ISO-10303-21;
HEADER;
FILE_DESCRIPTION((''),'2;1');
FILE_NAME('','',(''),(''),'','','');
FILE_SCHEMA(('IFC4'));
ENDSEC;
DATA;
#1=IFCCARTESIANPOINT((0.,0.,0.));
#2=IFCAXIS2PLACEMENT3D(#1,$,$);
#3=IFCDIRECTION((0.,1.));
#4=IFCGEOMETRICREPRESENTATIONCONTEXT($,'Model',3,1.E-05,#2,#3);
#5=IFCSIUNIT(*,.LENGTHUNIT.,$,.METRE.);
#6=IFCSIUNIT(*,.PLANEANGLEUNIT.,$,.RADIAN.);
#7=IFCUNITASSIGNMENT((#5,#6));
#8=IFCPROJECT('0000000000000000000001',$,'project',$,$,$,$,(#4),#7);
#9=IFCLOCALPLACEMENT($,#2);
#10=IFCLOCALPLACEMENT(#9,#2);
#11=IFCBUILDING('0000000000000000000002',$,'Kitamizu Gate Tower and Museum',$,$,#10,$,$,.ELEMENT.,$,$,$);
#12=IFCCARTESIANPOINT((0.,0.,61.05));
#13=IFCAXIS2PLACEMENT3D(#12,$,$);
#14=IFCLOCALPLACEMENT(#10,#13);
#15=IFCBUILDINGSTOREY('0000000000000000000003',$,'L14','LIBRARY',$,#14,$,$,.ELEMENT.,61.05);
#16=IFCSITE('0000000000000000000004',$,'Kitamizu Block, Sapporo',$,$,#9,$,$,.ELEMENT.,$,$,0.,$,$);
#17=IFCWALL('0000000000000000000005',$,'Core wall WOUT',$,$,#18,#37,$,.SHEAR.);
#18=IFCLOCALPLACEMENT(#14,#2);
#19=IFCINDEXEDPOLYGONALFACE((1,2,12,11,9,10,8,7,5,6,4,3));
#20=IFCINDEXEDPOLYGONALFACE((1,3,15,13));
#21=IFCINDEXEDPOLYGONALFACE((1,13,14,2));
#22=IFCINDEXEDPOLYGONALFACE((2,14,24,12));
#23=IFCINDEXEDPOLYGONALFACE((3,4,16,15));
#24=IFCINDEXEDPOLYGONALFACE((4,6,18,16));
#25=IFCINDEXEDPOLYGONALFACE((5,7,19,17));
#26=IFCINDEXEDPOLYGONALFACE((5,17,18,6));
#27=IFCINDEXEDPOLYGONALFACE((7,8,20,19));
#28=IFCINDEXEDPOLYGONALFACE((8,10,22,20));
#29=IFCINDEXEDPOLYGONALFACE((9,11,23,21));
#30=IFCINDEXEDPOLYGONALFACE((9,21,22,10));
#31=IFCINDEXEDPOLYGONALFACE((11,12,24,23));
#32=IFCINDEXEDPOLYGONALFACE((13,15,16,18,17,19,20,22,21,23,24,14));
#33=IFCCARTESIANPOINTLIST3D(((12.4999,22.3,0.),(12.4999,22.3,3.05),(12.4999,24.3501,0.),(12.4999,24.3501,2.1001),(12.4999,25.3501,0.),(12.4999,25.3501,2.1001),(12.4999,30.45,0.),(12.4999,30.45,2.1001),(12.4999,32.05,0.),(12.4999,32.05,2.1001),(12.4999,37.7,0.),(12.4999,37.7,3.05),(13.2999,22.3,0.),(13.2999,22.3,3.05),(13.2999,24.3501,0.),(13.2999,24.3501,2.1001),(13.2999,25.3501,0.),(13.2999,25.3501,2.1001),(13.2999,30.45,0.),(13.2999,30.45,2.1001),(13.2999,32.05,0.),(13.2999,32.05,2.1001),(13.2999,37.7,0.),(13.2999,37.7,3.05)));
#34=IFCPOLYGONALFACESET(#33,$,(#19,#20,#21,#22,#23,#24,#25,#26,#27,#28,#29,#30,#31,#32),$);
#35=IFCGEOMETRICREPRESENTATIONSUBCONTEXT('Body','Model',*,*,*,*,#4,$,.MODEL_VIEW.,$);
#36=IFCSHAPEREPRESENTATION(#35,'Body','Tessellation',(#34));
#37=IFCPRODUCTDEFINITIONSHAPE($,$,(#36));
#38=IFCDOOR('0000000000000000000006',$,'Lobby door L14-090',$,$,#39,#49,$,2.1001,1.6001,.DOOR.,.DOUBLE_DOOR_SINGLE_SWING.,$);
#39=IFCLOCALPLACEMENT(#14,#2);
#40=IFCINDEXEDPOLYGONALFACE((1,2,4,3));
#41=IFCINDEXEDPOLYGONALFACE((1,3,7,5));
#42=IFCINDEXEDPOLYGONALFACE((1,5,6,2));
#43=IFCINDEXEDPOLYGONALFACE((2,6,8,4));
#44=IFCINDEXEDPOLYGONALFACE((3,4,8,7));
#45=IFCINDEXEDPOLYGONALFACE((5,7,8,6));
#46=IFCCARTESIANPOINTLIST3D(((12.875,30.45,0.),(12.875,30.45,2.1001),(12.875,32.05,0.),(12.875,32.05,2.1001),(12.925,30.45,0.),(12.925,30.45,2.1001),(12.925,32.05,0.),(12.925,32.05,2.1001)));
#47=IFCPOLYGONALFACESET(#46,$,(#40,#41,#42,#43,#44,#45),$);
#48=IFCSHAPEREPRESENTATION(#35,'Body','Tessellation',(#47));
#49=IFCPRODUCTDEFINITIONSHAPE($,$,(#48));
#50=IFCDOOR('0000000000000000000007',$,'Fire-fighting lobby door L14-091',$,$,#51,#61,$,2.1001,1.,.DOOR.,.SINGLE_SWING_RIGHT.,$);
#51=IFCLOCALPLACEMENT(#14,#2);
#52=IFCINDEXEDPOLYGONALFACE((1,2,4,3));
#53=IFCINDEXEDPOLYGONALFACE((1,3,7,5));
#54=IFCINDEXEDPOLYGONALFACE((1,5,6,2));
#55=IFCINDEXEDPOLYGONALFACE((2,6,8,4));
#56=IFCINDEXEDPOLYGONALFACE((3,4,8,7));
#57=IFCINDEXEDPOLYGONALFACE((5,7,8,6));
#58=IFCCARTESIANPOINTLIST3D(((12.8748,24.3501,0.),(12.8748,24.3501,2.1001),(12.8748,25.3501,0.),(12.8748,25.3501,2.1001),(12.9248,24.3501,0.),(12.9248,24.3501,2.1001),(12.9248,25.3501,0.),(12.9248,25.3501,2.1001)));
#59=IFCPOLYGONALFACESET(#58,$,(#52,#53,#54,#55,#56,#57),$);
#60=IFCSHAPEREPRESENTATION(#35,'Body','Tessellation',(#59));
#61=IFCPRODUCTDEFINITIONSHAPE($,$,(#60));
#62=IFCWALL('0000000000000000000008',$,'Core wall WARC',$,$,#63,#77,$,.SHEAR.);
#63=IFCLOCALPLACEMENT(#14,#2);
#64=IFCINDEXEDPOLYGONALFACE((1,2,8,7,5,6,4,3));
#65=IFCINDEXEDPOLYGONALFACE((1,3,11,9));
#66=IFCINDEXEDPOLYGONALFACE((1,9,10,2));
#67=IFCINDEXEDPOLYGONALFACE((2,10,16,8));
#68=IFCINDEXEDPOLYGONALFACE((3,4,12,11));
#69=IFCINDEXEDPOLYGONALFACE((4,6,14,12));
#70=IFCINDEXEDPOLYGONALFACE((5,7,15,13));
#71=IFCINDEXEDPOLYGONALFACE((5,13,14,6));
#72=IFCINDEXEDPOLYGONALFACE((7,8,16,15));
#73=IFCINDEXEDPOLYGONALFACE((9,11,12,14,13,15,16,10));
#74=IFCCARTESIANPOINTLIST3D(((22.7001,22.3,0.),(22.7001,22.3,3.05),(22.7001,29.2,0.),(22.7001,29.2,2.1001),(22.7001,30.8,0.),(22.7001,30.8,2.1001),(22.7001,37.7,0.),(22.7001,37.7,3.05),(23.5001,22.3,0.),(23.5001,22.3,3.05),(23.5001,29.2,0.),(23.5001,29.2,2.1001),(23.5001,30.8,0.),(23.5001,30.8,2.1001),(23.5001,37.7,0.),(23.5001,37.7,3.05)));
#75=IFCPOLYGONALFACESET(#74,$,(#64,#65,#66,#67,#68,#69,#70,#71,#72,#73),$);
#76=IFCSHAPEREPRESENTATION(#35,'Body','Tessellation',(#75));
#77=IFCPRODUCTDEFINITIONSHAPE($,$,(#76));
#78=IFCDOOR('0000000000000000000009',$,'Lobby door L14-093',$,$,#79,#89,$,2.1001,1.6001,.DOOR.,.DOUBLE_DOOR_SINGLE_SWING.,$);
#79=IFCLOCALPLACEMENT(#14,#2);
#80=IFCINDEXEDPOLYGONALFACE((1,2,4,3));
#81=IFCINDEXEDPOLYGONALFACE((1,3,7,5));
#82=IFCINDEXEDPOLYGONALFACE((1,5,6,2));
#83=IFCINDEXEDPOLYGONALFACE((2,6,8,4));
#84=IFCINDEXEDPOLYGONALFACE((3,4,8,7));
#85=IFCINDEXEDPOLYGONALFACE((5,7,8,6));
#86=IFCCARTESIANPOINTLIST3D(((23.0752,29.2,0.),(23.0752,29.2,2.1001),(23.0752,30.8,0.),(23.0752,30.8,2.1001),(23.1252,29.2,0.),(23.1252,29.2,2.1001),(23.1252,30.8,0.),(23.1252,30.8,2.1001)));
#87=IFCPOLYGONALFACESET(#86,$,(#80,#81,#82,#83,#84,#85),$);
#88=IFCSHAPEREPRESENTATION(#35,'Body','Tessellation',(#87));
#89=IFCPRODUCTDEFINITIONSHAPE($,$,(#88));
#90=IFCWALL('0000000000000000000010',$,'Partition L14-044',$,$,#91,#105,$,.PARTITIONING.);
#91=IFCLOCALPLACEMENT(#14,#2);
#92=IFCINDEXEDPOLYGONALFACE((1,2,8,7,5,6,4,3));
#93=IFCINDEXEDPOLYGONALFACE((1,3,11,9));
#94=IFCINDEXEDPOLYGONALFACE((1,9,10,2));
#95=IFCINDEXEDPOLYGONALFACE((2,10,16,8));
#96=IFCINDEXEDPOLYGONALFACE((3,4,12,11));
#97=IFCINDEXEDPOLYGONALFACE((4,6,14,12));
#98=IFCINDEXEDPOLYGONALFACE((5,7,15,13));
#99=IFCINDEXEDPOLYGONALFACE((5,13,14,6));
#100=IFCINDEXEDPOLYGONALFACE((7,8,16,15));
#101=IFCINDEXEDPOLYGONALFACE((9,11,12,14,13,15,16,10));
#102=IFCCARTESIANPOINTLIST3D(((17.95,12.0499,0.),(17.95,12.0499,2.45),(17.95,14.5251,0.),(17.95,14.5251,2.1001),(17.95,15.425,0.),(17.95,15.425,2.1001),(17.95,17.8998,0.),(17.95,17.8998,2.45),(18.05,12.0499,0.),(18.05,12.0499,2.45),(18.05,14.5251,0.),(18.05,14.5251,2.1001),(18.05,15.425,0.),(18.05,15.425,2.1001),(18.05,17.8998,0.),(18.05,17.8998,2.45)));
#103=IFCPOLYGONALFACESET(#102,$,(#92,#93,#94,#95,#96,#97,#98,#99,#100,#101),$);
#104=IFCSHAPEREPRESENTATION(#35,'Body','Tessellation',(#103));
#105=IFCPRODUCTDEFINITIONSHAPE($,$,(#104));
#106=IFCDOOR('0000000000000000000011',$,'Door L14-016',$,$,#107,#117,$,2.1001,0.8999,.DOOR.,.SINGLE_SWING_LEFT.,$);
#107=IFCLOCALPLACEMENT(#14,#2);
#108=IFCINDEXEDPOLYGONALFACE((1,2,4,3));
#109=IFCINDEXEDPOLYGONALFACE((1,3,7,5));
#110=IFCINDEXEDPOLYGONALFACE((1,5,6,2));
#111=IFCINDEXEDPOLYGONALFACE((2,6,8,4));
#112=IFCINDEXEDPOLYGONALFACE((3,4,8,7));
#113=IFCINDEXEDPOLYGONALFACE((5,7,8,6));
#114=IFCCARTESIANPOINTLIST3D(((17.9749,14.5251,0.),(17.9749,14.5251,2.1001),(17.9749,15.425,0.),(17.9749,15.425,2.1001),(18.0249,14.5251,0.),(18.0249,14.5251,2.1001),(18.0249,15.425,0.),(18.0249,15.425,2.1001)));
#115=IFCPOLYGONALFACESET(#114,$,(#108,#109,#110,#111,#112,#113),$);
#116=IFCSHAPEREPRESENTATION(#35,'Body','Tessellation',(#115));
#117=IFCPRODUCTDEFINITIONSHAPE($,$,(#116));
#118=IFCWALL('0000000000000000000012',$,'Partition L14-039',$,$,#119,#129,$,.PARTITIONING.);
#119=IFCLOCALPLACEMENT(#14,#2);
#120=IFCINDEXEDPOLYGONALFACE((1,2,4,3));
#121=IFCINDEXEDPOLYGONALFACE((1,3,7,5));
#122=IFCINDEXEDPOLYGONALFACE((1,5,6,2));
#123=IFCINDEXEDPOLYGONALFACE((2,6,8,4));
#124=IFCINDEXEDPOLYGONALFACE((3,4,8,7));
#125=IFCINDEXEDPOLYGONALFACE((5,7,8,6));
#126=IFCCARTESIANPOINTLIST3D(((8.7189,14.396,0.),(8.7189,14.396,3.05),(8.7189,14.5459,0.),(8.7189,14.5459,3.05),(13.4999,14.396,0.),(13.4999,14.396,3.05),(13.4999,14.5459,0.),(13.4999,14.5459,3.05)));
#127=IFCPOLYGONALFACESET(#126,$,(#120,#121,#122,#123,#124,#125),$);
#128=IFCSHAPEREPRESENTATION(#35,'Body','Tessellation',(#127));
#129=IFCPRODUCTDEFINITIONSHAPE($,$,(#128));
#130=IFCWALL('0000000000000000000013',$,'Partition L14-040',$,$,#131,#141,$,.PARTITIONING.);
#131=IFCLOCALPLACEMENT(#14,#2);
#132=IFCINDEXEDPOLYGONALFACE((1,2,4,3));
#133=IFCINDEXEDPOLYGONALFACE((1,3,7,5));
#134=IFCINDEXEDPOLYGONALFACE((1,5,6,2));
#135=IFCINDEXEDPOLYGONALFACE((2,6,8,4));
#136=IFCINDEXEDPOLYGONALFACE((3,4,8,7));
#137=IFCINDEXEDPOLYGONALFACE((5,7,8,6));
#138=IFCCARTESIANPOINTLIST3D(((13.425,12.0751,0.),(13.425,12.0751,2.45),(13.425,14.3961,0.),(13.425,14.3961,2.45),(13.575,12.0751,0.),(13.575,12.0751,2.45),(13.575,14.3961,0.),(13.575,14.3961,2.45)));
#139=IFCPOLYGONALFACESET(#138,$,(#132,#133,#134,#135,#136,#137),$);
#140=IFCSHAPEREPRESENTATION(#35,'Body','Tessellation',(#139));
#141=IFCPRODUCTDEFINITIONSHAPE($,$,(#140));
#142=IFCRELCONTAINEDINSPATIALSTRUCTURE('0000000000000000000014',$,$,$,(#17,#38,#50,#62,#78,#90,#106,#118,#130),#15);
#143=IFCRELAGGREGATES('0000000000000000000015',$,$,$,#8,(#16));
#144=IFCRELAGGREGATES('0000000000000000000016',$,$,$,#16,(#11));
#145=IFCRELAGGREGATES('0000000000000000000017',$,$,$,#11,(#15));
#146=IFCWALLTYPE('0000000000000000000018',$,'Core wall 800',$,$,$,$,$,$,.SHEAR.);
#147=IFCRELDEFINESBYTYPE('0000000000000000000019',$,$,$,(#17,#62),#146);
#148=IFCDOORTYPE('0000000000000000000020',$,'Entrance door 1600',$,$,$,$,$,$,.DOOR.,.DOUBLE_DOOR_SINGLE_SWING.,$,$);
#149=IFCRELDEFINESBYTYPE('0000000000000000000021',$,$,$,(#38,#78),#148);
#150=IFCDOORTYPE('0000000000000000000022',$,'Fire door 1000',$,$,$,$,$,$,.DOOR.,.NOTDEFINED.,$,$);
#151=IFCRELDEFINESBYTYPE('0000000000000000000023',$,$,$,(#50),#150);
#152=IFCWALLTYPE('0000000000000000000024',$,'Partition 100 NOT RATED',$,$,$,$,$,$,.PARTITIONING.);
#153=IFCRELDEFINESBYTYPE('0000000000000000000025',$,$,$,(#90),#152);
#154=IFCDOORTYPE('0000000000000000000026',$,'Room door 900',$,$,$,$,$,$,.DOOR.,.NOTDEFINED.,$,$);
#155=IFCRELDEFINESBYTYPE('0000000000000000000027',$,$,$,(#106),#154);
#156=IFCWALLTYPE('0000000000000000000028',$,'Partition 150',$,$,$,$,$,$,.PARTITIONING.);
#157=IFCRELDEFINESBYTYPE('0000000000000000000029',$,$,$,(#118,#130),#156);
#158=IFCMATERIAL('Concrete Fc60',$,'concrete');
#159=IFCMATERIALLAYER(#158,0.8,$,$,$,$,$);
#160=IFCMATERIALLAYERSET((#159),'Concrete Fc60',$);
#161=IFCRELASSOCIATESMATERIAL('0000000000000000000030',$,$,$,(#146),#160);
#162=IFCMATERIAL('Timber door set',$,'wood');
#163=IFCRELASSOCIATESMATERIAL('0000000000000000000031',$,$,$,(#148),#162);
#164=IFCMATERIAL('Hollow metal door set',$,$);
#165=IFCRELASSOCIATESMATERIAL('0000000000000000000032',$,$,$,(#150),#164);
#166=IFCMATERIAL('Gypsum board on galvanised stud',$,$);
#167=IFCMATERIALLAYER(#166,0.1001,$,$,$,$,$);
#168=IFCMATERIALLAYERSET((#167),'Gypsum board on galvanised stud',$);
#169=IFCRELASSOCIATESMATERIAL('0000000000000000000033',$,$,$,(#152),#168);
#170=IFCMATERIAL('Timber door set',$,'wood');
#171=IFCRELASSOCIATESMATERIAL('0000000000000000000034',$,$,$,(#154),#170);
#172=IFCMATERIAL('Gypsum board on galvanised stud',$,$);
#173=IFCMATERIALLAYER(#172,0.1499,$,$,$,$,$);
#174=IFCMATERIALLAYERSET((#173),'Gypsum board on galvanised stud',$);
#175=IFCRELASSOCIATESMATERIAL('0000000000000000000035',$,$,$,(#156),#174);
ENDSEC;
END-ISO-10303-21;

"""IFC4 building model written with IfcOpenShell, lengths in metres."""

from ifc_helpers import new_model, si_unit, direction, frame, frame_2d, origin, place, context, subcontext, project, spatial, rectangle, extrude, material, layer, layer_set, type_object, element, fill, save


model = new_model("IFC4")

# Units and contexts
model_context = context("Model", 3, precision=1e-05, world=origin(), true_north=direction((0.0, 1.0)))
body_context = subcontext(model_context, "Body", "Model", "MODEL_VIEW")
ifc_project = project(units=[si_unit("LENGTHUNIT", "METRE"), si_unit("PLANEANGLEUNIT", "RADIAN")], contexts=[model_context])

# Site, building, storey
site_placement = place(None, origin())
site = spatial("IfcSite", under=ifc_project, at=site_placement, Name="Kitamizu Block, Sapporo", CompositionType="ELEMENT", RefElevation=0.0)
building_placement = place(site_placement, origin())
building = spatial("IfcBuilding", under=site, at=building_placement, Name="Kitamizu Gate Tower and Museum", CompositionType="ELEMENT")
storey_placement = place(building_placement, frame((0.0, 0.0, 61.05)))
storey = spatial("IfcBuildingStorey", under=building, at=storey_placement, Name="L14", Description="LIBRARY", CompositionType="ELEMENT", Elevation=61.05)

# Wall, openings, doors
ifc_material_1 = material(Name="Concrete Fc60", Category="concrete")
ifc_layer_1 = layer(ifc_material_1, 0.8)
ifc_layer_set_1 = layer_set([ifc_layer_1], Name="Concrete Fc60")
wall_type_1 = type_object("IfcWallType", Name="Core wall 800", PredefinedType="SHEAR", material=ifc_layer_set_1)
wall_1_placement = place(storey_placement, frame((12.8999, 22.3, 0.0), z_axis=(0.0, 0.0, 1.0), x_axis=(0.0, 1.0, 0.0)))
wall_1 = element("IfcWall", 1, at=wall_1_placement, inside=storey, type_object=wall_type_1, Name="Core wall WOUT", PredefinedType="SHEAR", context=body_context, shape_type="SweptSolid", body=[
    extrude(rectangle(XDim=15.3999, YDim=0.8, at=frame_2d((7.7, 0.0))), origin(), (0.0, 0.0, 1.0), 3.05),
])
opening_1_placement = place(wall_1_placement, frame((8.1499, 0.0, 0.0)))
opening_1 = element("IfcOpeningElement", 2, at=opening_1_placement, cuts=wall_1, PredefinedType="OPENING", context=body_context, shape_type="SweptSolid", body=[
    extrude(rectangle(XDim=1.6001, YDim=2.1001, at=frame_2d((0.8, 1.05))), frame((0.0, 0.4102, 0.0), z_axis=(0.0, -1.0, 0.0), x_axis=(1.0, 0.0, 0.0)), (0.0, 0.0, 1.0), 0.8201),
])
opening_2_placement = place(wall_1_placement, frame((2.05, 0.0, 0.0)))
opening_2 = element("IfcOpeningElement", 3, at=opening_2_placement, cuts=wall_1, PredefinedType="OPENING", context=body_context, shape_type="SweptSolid", body=[
    extrude(rectangle(XDim=1.0, YDim=2.1001, at=frame_2d((0.5, 1.05))), frame((0.0, 0.4102, 0.0), z_axis=(0.0, -1.0, 0.0), x_axis=(1.0, 0.0, 0.0)), (0.0, 0.0, 1.0), 0.8201),
])
ifc_material_2 = material(Name="Timber door set", Category="wood")
door_type_1 = type_object("IfcDoorType", Name="Entrance door 1600", OperationType="DOUBLE_DOOR_SINGLE_SWING", PredefinedType="DOOR", material=ifc_material_2)
door_1_placement = place(opening_1_placement, origin())
door_1 = element("IfcDoor", 4, at=door_1_placement, inside=storey, type_object=door_type_1, Name="Lobby door L14-090", OperationType="DOUBLE_DOOR_SINGLE_SWING", OverallHeight=2.1001, OverallWidth=1.6001, PredefinedType="DOOR", context=body_context, shape_type="SweptSolid", body=[
    extrude(rectangle(XDim=1.6001, YDim=2.1001, at=frame_2d((0.8, 1.05))), frame((0.0, 0.0249, 0.0), z_axis=(0.0, -1.0, 0.0), x_axis=(1.0, 0.0, 0.0)), (0.0, 0.0, 1.0), 0.05),
])
fill(opening_1, door_1)
ifc_material_3 = material(Name="Hollow metal door set")
door_type_2 = type_object("IfcDoorType", Name="Fire door 1000", OperationType="NOTDEFINED", PredefinedType="DOOR", material=ifc_material_3)
door_2_placement = place(opening_2_placement, frame((1.0, 0.0, 0.0), x_axis=(-1.0, 0.0, 0.0)))
door_2 = element("IfcDoor", 5, at=door_2_placement, inside=storey, type_object=door_type_2, Name="Fire-fighting lobby door L14-091", OperationType="SINGLE_SWING_RIGHT", OverallHeight=2.1001, OverallWidth=1.0, PredefinedType="DOOR", context=body_context, shape_type="SweptSolid", body=[
    extrude(rectangle(XDim=1.0, YDim=2.1001, at=frame_2d((0.5, 1.05))), frame((0.0, 0.0249, 0.0), z_axis=(0.0, -1.0, 0.0), x_axis=(1.0, 0.0, 0.0)), (0.0, 0.0, 1.0), 0.05),
])
fill(opening_2, door_2)

# Walls, openings, doors
wall_2_placement = place(storey_placement, frame((23.1001, 22.3, 0.0), z_axis=(0.0, 0.0, 1.0), x_axis=(0.0, 1.0, 0.0)))
wall_2 = element("IfcWall", 6, at=wall_2_placement, inside=storey, type_object=wall_type_1, Name="Core wall WARC", PredefinedType="SHEAR", context=body_context, shape_type="SweptSolid", body=[
    extrude(rectangle(XDim=15.3999, YDim=0.8, at=frame_2d((7.7, 0.0))), origin(), (0.0, 0.0, 1.0), 3.05),
])
opening_3_placement = place(wall_2_placement, frame((6.8999, 0.0, 0.0)))
opening_3 = element("IfcOpeningElement", 7, at=opening_3_placement, cuts=wall_2, PredefinedType="OPENING", context=body_context, shape_type="SweptSolid", body=[
    extrude(rectangle(XDim=1.6001, YDim=2.1001, at=frame_2d((0.8, 1.05))), frame((0.0, 0.4102, 0.0), z_axis=(0.0, -1.0, 0.0), x_axis=(1.0, 0.0, 0.0)), (0.0, 0.0, 1.0), 0.8201),
])
door_3_placement = place(opening_3_placement, origin())
door_3 = element("IfcDoor", 8, at=door_3_placement, inside=storey, type_object=door_type_1, Name="Lobby door L14-093", OperationType="DOUBLE_DOOR_SINGLE_SWING", OverallHeight=2.1001, OverallWidth=1.6001, PredefinedType="DOOR", context=body_context, shape_type="SweptSolid", body=[
    extrude(rectangle(XDim=1.6001, YDim=2.1001, at=frame_2d((0.8, 1.05))), frame((0.0, 0.0249, 0.0), z_axis=(0.0, -1.0, 0.0), x_axis=(1.0, 0.0, 0.0)), (0.0, 0.0, 1.0), 0.05),
])
fill(opening_3, door_3)
ifc_material_4 = material(Name="Gypsum board on galvanised stud")
ifc_layer_2 = layer(ifc_material_4, 0.1001)
ifc_layer_set_2 = layer_set([ifc_layer_2], Name="Gypsum board on galvanised stud")
wall_type_2 = type_object("IfcWallType", Name="Partition 100 NOT RATED", PredefinedType="PARTITIONING", material=ifc_layer_set_2)
wall_3_placement = place(storey_placement, frame((18.0, 12.05, 0.0), z_axis=(0.0, 0.0, 1.0), x_axis=(0.0, 1.0, 0.0)))
wall_3 = element("IfcWall", 9, at=wall_3_placement, inside=storey, type_object=wall_type_2, Name="Partition L14-044", PredefinedType="PARTITIONING", context=body_context, shape_type="SweptSolid", body=[
    extrude(rectangle(XDim=5.8499, YDim=0.1001, at=frame_2d((2.9248, 0.0))), origin(), (0.0, 0.0, 1.0), 2.45),
])
opening_4_placement = place(wall_3_placement, frame((2.4751, 0.0, 0.0)))
opening_4 = element("IfcOpeningElement", 10, at=opening_4_placement, cuts=wall_3, PredefinedType="OPENING", context=body_context, shape_type="SweptSolid", body=[
    extrude(rectangle(XDim=0.8999, YDim=2.1001, at=frame_2d((0.45, 1.05))), frame((0.0, 0.0601, 0.0), z_axis=(0.0, -1.0, 0.0), x_axis=(1.0, 0.0, 0.0)), (0.0, 0.0, 1.0), 0.1201),
])
ifc_material_5 = material(Name="Timber door set", Category="wood")
door_type_3 = type_object("IfcDoorType", Name="Room door 900", OperationType="NOTDEFINED", PredefinedType="DOOR", material=ifc_material_5)
door_4_placement = place(opening_4_placement, frame((0.8999, 0.0, 0.0), x_axis=(-1.0, 0.0, 0.0)))
door_4 = element("IfcDoor", 11, at=door_4_placement, inside=storey, type_object=door_type_3, Name="Door L14-016", OperationType="SINGLE_SWING_LEFT", OverallHeight=2.1001, OverallWidth=0.8999, PredefinedType="DOOR", context=body_context, shape_type="SweptSolid", body=[
    extrude(rectangle(XDim=0.8999, YDim=2.1001, at=frame_2d((0.45, 1.05))), frame((0.0, 0.0249, 0.0), z_axis=(0.0, -1.0, 0.0), x_axis=(1.0, 0.0, 0.0)), (0.0, 0.0, 1.0), 0.05),
])
fill(opening_4, door_4)

# Walls
ifc_material_6 = material(Name="Gypsum board on galvanised stud")
ifc_layer_3 = layer(ifc_material_6, 0.1499)
ifc_layer_set_3 = layer_set([ifc_layer_3], Name="Gypsum board on galvanised stud")
wall_type_3 = type_object("IfcWallType", Name="Partition 150", PredefinedType="PARTITIONING", material=ifc_layer_set_3)
wall_4_placement = place(storey_placement, frame((13.5, 14.4709, 0.0), z_axis=(0.0, 0.0, 1.0), x_axis=(-1.0, 0.0, 0.0)))
element("IfcWall", 12, at=wall_4_placement, inside=storey, type_object=wall_type_3, Name="Partition L14-039", PredefinedType="PARTITIONING", context=body_context, shape_type="SweptSolid", body=[
    extrude(rectangle(XDim=4.781, YDim=0.1499, at=frame_2d((2.3906, 0.0))), origin(), (0.0, 0.0, 1.0), 3.05),
])
wall_5_placement = place(storey_placement, frame((13.5, 12.075, 0.0), z_axis=(0.0, 0.0, 1.0), x_axis=(0.0, 1.0, 0.0)))
element("IfcWall", 13, at=wall_5_placement, inside=storey, type_object=wall_type_3, Name="Partition L14-040", PredefinedType="PARTITIONING", context=body_context, shape_type="SweptSolid", body=[
    extrude(rectangle(XDim=2.321, YDim=0.1499, at=frame_2d((1.1606, 0.0))), origin(), (0.0, 0.0, 1.0), 2.45),
])

save(model, "model.ifc")
